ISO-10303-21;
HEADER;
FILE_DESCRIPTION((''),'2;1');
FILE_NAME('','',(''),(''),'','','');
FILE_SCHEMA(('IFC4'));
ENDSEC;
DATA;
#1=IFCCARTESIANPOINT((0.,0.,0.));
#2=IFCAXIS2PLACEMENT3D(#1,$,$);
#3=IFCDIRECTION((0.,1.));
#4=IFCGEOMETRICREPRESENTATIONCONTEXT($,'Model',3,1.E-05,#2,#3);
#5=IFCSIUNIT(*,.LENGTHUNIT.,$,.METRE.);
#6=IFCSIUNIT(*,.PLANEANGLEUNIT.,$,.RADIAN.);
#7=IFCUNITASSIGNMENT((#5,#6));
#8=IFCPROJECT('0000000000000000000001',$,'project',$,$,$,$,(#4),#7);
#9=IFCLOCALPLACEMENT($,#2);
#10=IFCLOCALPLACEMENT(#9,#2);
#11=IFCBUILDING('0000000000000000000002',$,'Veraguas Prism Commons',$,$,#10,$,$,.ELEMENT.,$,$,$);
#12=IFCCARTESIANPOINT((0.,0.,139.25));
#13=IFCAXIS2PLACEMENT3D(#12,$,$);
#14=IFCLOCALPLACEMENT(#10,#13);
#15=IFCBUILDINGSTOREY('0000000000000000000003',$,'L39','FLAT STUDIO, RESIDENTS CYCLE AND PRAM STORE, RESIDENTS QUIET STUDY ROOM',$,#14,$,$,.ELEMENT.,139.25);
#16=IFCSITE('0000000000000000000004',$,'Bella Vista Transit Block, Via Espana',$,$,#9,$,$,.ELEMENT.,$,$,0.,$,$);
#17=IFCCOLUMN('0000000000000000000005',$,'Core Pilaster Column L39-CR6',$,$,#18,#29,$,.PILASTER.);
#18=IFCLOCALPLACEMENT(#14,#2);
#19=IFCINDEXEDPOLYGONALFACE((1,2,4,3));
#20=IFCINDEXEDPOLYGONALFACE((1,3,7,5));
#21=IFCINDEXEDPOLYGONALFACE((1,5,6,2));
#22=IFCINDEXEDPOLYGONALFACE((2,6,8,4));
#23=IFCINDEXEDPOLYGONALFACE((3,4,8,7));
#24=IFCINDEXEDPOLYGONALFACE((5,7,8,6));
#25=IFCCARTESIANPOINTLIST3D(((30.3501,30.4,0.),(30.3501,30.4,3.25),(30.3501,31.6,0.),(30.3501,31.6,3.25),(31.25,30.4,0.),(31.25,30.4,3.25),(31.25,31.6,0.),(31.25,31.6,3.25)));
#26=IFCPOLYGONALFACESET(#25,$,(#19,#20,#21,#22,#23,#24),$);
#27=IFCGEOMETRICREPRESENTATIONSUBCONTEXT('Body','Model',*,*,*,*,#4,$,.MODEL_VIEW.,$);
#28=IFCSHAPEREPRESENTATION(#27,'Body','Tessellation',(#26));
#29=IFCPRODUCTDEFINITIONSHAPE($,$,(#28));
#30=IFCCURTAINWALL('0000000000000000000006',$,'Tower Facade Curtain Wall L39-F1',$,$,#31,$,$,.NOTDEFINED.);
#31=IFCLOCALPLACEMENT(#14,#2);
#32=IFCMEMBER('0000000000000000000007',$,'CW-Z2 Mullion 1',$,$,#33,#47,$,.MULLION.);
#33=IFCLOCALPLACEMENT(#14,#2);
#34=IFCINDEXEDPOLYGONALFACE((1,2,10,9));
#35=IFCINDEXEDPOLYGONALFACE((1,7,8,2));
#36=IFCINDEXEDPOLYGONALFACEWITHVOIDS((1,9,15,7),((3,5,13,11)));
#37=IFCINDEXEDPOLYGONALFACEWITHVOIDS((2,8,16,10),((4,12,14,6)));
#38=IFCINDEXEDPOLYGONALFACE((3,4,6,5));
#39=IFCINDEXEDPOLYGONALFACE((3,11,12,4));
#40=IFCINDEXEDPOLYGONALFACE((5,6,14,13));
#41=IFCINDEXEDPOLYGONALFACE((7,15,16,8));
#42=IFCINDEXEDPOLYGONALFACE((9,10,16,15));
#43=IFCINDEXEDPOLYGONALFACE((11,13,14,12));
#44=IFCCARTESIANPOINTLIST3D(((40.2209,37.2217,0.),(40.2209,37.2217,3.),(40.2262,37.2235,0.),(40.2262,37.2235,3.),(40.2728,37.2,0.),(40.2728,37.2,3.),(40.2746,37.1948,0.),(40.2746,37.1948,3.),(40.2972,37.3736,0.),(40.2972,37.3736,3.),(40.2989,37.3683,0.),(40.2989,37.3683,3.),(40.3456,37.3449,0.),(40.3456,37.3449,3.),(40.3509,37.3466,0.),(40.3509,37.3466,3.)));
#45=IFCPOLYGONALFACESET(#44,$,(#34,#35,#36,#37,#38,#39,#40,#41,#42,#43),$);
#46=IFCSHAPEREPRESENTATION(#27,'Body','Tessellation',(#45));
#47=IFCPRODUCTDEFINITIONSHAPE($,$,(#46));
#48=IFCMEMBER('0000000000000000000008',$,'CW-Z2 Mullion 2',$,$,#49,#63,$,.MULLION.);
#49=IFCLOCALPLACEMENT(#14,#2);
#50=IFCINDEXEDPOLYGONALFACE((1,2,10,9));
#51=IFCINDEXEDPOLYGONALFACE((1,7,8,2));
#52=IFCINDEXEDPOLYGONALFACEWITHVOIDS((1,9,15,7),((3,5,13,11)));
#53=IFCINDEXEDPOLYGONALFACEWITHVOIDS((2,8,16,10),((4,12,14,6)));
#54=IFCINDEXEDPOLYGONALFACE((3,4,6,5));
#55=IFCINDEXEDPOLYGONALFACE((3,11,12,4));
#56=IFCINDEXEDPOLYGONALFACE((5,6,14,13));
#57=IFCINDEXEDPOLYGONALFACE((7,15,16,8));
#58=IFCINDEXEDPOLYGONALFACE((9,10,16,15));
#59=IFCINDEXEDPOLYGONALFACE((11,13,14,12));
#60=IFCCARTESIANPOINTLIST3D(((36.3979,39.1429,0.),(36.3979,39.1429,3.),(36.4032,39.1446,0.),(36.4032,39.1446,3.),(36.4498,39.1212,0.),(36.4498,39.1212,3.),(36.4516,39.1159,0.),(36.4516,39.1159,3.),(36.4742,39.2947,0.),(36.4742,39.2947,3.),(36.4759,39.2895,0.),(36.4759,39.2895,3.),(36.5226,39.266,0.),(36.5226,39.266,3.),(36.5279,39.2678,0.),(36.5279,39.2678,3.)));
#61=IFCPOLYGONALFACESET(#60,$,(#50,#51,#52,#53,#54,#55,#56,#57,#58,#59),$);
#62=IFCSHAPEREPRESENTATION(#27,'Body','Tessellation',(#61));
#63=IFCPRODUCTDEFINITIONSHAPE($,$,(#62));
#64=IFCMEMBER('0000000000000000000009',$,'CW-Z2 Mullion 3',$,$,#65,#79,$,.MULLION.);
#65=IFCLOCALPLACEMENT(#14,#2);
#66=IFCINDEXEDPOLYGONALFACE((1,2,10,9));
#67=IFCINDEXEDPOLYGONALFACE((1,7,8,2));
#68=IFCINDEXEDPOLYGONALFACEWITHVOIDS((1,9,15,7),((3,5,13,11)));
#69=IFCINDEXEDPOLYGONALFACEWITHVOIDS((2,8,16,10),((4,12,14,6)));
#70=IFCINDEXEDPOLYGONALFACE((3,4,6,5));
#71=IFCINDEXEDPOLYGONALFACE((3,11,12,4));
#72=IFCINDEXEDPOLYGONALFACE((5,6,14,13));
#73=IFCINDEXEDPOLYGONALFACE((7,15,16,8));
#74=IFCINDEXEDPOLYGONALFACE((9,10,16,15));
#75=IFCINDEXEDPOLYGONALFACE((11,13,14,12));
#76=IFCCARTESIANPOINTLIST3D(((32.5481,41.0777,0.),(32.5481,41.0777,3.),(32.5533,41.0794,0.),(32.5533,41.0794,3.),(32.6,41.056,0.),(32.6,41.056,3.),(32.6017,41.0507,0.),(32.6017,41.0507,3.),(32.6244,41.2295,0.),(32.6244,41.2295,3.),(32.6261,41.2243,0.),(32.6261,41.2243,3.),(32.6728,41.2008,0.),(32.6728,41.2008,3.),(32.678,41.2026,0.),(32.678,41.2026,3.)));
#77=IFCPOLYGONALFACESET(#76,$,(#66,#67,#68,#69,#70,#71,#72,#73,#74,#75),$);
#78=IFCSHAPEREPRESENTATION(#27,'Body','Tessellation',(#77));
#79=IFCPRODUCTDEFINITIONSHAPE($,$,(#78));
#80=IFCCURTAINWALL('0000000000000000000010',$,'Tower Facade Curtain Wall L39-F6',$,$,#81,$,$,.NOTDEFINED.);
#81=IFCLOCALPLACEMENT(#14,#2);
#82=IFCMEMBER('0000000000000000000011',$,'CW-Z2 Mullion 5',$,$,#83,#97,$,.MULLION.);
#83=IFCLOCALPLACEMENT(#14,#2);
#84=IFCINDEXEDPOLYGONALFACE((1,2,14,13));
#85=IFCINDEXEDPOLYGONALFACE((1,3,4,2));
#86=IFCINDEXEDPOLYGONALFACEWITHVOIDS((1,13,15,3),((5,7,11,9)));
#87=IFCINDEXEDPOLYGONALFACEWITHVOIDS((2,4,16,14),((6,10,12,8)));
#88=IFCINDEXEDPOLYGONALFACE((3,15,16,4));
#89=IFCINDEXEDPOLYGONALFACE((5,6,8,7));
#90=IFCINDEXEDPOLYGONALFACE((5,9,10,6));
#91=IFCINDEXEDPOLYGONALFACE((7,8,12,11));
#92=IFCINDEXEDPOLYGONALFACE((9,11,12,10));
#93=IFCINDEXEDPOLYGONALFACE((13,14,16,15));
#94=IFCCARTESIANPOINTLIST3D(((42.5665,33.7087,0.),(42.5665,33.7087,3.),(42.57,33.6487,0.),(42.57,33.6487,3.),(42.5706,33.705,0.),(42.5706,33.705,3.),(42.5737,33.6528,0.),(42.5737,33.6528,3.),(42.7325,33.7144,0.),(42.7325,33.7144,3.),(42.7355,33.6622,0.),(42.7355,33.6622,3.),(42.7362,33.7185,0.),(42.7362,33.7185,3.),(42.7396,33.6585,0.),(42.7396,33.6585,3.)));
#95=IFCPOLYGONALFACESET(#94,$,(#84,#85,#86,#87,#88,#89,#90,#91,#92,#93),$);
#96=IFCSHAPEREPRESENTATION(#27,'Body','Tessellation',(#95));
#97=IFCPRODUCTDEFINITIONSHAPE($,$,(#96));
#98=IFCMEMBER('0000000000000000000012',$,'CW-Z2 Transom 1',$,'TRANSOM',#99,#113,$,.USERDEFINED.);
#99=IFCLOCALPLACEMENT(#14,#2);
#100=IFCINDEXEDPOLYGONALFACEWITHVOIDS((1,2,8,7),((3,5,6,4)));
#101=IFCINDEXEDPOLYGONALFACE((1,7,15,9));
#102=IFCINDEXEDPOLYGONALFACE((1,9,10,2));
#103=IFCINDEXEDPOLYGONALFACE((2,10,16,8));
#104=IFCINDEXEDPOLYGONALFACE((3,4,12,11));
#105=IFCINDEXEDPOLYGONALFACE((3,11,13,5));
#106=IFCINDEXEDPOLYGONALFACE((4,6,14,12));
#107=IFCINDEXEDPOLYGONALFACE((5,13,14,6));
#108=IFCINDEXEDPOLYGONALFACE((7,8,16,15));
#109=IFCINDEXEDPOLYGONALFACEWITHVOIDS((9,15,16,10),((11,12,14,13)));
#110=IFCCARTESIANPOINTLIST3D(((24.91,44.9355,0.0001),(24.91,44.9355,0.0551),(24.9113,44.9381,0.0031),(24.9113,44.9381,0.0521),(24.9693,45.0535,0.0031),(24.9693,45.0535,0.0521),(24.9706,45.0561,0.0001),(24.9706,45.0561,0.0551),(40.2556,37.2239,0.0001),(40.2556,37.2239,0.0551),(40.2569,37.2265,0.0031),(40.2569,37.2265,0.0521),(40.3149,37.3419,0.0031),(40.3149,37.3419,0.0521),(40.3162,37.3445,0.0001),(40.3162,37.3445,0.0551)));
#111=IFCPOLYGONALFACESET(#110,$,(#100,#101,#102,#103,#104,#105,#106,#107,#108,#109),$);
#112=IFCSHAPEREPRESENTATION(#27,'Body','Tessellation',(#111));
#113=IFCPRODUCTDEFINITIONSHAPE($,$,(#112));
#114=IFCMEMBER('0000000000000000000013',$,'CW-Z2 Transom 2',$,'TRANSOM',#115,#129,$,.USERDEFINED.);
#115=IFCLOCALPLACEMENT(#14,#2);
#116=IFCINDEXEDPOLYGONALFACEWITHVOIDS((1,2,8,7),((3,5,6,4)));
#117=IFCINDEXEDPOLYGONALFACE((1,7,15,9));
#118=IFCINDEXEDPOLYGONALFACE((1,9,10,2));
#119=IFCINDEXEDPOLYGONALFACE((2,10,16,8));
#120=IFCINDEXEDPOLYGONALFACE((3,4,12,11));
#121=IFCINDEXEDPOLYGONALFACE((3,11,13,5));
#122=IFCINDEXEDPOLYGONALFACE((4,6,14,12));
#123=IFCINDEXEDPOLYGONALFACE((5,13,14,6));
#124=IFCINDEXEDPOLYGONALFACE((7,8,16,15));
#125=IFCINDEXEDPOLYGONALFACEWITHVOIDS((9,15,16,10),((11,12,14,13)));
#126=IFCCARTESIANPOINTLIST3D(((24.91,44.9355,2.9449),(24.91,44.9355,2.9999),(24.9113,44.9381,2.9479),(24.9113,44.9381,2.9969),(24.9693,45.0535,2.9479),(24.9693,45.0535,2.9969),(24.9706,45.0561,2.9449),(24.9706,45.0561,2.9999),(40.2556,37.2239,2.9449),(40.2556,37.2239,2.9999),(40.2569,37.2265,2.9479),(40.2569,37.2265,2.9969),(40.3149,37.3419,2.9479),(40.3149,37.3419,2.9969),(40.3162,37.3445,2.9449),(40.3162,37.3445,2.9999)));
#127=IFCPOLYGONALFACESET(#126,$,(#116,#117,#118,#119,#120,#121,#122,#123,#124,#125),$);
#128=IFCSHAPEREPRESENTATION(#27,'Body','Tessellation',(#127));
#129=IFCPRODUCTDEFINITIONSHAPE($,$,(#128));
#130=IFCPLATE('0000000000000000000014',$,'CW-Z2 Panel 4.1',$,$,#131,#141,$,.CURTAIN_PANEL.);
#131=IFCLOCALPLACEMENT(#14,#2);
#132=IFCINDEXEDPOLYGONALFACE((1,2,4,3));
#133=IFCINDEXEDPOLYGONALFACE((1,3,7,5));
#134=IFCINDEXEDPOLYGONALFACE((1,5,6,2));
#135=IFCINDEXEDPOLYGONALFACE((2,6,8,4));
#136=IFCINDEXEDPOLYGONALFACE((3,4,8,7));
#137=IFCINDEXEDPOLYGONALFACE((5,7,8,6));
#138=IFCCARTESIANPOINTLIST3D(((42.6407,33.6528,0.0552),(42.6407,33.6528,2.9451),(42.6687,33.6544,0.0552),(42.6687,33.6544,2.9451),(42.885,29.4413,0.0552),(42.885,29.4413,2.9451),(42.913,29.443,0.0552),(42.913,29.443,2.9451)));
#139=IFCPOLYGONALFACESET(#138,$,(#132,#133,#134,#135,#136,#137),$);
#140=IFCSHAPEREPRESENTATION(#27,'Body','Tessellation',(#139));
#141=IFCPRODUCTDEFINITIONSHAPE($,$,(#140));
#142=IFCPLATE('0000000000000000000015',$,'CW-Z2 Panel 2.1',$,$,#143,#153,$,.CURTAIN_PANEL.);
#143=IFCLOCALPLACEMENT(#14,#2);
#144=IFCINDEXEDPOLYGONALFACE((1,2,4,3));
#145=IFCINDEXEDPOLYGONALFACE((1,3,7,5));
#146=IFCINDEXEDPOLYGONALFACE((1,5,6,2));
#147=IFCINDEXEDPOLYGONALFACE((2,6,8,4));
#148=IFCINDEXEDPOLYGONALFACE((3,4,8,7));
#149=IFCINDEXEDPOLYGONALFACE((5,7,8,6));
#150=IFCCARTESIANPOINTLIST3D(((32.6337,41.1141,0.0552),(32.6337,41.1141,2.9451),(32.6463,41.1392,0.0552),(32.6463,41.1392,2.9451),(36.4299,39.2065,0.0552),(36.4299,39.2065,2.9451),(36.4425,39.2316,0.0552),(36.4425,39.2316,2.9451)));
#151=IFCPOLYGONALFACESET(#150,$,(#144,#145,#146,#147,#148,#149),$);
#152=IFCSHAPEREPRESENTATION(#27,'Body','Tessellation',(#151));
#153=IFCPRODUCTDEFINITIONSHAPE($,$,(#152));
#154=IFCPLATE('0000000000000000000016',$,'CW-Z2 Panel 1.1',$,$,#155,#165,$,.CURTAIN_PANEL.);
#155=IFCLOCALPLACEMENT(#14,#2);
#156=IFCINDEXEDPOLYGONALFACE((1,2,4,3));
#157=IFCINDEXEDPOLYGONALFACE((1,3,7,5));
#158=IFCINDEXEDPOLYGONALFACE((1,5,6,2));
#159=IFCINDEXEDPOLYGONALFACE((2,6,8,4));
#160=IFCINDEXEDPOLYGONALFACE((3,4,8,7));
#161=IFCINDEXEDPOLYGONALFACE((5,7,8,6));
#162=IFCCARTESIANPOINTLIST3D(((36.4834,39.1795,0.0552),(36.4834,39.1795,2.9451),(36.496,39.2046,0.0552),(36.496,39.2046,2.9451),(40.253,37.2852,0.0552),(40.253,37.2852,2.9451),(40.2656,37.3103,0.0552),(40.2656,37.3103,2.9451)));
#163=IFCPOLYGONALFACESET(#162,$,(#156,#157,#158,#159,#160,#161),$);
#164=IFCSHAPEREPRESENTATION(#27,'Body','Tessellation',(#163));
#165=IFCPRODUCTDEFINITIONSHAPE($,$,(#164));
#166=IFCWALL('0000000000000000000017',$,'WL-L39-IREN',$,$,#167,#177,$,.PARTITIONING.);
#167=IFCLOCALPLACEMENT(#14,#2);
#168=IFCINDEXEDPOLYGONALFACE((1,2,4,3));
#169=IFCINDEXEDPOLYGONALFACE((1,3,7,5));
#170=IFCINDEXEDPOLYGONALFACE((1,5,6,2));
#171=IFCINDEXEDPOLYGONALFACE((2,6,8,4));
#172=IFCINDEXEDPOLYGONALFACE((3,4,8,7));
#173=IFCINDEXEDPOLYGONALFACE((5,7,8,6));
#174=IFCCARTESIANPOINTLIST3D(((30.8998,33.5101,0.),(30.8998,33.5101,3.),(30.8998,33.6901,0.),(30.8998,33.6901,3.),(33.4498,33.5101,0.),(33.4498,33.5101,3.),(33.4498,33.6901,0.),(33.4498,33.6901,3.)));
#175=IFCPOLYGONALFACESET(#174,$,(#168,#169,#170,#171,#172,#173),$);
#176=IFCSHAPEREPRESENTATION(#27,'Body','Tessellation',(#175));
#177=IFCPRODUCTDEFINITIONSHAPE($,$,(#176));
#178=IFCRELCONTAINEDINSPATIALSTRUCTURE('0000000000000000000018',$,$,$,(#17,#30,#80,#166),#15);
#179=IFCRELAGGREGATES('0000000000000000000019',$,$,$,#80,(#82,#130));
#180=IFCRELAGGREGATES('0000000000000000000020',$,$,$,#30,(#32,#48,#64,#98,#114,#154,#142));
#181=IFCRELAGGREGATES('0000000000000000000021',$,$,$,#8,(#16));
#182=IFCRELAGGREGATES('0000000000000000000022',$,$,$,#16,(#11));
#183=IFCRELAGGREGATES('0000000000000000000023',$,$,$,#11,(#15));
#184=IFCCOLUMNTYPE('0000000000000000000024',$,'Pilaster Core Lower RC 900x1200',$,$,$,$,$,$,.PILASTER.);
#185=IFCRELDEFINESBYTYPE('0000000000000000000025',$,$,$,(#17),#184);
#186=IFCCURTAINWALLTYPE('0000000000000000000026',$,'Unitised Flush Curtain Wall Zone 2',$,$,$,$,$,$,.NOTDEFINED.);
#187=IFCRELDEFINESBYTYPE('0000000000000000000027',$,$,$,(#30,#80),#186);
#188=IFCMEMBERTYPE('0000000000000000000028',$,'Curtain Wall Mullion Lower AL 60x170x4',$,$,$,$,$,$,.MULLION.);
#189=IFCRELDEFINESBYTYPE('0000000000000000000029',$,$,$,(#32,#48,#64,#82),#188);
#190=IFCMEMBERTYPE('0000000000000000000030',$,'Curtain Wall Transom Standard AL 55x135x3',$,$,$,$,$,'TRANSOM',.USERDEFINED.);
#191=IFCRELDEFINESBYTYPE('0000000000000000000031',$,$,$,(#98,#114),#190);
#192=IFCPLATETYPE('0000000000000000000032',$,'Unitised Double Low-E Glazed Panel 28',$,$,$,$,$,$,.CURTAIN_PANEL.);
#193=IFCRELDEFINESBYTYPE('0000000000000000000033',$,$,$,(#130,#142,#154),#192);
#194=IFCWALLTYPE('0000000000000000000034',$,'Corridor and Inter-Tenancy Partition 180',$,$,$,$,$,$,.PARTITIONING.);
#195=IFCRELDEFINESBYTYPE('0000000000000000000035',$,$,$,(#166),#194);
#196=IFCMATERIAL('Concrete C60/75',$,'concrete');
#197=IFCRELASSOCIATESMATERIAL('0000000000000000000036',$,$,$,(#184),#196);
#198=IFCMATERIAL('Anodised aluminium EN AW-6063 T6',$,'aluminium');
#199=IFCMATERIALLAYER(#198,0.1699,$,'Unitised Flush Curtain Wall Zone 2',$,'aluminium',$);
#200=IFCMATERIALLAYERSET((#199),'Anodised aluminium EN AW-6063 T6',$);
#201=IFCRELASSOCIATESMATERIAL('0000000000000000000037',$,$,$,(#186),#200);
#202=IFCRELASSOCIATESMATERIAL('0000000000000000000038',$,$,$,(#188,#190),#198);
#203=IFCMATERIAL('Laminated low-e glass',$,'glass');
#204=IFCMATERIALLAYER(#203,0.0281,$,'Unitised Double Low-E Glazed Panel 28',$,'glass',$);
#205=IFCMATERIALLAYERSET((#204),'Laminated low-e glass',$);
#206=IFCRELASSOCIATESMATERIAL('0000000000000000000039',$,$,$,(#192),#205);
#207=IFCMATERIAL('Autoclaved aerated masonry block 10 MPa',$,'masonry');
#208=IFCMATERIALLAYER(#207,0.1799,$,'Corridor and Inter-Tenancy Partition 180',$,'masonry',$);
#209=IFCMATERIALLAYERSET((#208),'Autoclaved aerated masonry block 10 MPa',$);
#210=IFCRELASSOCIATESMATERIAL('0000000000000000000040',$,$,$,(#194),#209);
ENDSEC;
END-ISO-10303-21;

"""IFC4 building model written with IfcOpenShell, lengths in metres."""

from ifc_helpers import new_model, si_unit, direction, frame, frame_2d, origin, origin_2d, place, context, subcontext, project, spatial, rectangle, hollow_rectangle, extrude, source, transform, mapped, material, layer, layer_set, material_profile, profile_set, type_object, element, aggregate, save


model = new_model("IFC4")

# Units and contexts
model_context = context("Model", 3, precision=1e-05, world=origin(), true_north=direction((0.0, 1.0)))
body_context = subcontext(model_context, "Body", "Model", "MODEL_VIEW")
ifc_project = project(units=[si_unit("LENGTHUNIT", "METRE"), si_unit("PLANEANGLEUNIT", "RADIAN")], contexts=[model_context])

# Site, building, storey
site_placement = place(None, origin())
site = spatial("IfcSite", under=ifc_project, at=site_placement, Name="Bella Vista Transit Block, Via Espana", CompositionType="ELEMENT", RefElevation=0.0)
building_placement = place(site_placement, origin())
building = spatial("IfcBuilding", under=site, at=building_placement, Name="Veraguas Prism Commons", CompositionType="ELEMENT")
storey_placement = place(building_placement, frame((0.0, 0.0, 139.25)))
storey = spatial("IfcBuildingStorey", under=building, at=storey_placement, Name="L39", Description="FLAT STUDIO, RESIDENTS CYCLE AND PRAM STORE, RESIDENTS QUIET STUDY ROOM", CompositionType="ELEMENT", Elevation=139.25)

# Column
ifc_material_1 = material(Name="Concrete C60/75", Category="concrete")
ifc_material_profile_1 = material_profile(ifc_material_1, rectangle(XDim=0.8999, YDim=1.2, at=origin_2d()), Name="RC900X1200")
ifc_profile_set_1 = profile_set([ifc_material_profile_1], Name="Concrete C60/75")
column_type = type_object("IfcColumnType", Name="Pilaster Core Lower RC 900x1200", PredefinedType="PILASTER", material=ifc_profile_set_1)
column_placement = place(storey_placement, frame((30.8, 31.0, 0.0), z_axis=(0.0, 0.0, 1.0), x_axis=(1.0, 0.0, 0.0)))
element("IfcColumn", 1, at=column_placement, inside=storey, type_object=column_type, Name="Core Pilaster Column L39-CR6", PredefinedType="PILASTER", context=body_context, shape_type="SweptSolid", body=[
    extrude(rectangle(XDim=0.8999, YDim=1.2, at=origin_2d()), origin(), (0.0, 0.0, 1.0), 3.25),
])

# Curtain wall, members
ifc_material_2 = material(Name="Anodised aluminium EN AW-6063 T6", Category="aluminium")
ifc_layer_1 = layer(ifc_material_2, 0.1699, Name="Unitised Flush Curtain Wall Zone 2", Category="aluminium")
ifc_layer_set_1 = layer_set([ifc_layer_1], Name="Anodised aluminium EN AW-6063 T6")
curtain_wall_type = type_object("IfcCurtainWallType", Name="Unitised Flush Curtain Wall Zone 2", PredefinedType="NOTDEFINED", material=ifc_layer_set_1)
curtain_wall_1_placement = place(storey_placement, origin())
curtain_wall_1 = element("IfcCurtainWall", 2, at=curtain_wall_1_placement, inside=storey, type_object=curtain_wall_type, Name="Tower Facade Curtain Wall L39-F1", PredefinedType="NOTDEFINED")
ifc_material_profile_2 = material_profile(ifc_material_2, hollow_rectangle(XDim=0.0601, YDim=0.1699, WallThickness=0.0039, at=origin_2d()), Name="AL60X170X4")
ifc_profile_set_2 = profile_set([ifc_material_profile_2], Name="Anodised aluminium EN AW-6063 T6")
member_type_1 = type_object("IfcMemberType", Name="Curtain Wall Mullion Lower AL 60x170x4", PredefinedType="MULLION", material=ifc_profile_set_2)
shared_shape_1 = source(origin(), body_context, "Body", "SweptSolid", [
    extrude(hollow_rectangle(XDim=0.0601, YDim=0.1699, WallThickness=0.0039, at=origin_2d()), origin(), (0.0, 0.0, 1.0), 3.0),
])
member_1_placement = place(storey_placement, frame((40.2859, 37.2842, 0.0), z_axis=(0.0, 0.0, 1.0), x_axis=(-0.893526, 0.449012, 0.0)))
member_1 = element("IfcMember", 3, at=member_1_placement, type_object=member_type_1, Name="CW-Z2 Mullion 1", PredefinedType="MULLION", context=body_context, shape_type="MappedRepresentation", body=[
    mapped(shared_shape_1, transform((0.0, 0.0, 0.0), scale=1.0)),
])
member_2_placement = place(storey_placement, frame((36.4629, 39.2053, 0.0), z_axis=(0.0, 0.0, 1.0), x_axis=(-0.893526, 0.449012, 0.0)))
member_2 = element("IfcMember", 4, at=member_2_placement, type_object=member_type_1, Name="CW-Z2 Mullion 2", PredefinedType="MULLION", context=body_context, shape_type="MappedRepresentation", body=[
    mapped(shared_shape_1, transform((0.0, 0.0, 0.0), scale=1.0)),
])
member_3_placement = place(storey_placement, frame((32.613, 41.1401, 0.0), z_axis=(0.0, 0.0, 1.0), x_axis=(-0.893526, 0.449012, 0.0)))
member_3 = element("IfcMember", 5, at=member_3_placement, type_object=member_type_1, Name="CW-Z2 Mullion 3", PredefinedType="MULLION", context=body_context, shape_type="MappedRepresentation", body=[
    mapped(shared_shape_1, transform((0.0, 0.0, 0.0), scale=1.0)),
])

# Curtain wall, member
curtain_wall_2_placement = place(storey_placement, origin())
curtain_wall_2 = element("IfcCurtainWall", 6, at=curtain_wall_2_placement, inside=storey, type_object=curtain_wall_type, Name="Tower Facade Curtain Wall L39-F6", PredefinedType="NOTDEFINED")
member_4_placement = place(storey_placement, frame((42.6531, 33.6836, 0.0), z_axis=(0.0, 0.0, 1.0), x_axis=(-0.057907, 0.998322, 0.0)))
member_4 = element("IfcMember", 7, at=member_4_placement, type_object=member_type_1, Name="CW-Z2 Mullion 5", PredefinedType="MULLION", context=body_context, shape_type="MappedRepresentation", body=[
    mapped(shared_shape_1, transform((0.0, 0.0, 0.0), scale=1.0)),
])

# Members
ifc_material_profile_3 = material_profile(ifc_material_2, hollow_rectangle(XDim=0.0549, YDim=0.135, WallThickness=0.0029, at=origin_2d()), Name="AL55X135X3")
ifc_profile_set_3 = profile_set([ifc_material_profile_3], Name="Anodised aluminium EN AW-6063 T6")
member_type_2 = type_object("IfcMemberType", Name="Curtain Wall Transom Standard AL 55x135x3", ElementType="TRANSOM", PredefinedType="USERDEFINED", material=ifc_profile_set_3)
shared_shape_2 = source(origin(), body_context, "Body", "SweptSolid", [
    extrude(hollow_rectangle(XDim=0.0549, YDim=0.135, WallThickness=0.0029, at=origin_2d()), origin(), (0.0, 0.0, 1.0), 17.1743),
])
member_5_placement = place(storey_placement, frame((40.2859, 37.2842, 0.0276), z_axis=(-0.893521, 0.449021, 0.0), x_axis=(0.0, 0.0, 1.0)))
member_5 = element("IfcMember", 8, at=member_5_placement, type_object=member_type_2, Name="CW-Z2 Transom 1", ObjectType="TRANSOM", PredefinedType="USERDEFINED", context=body_context, shape_type="MappedRepresentation", body=[
    mapped(shared_shape_2, transform((0.0, 0.0, 0.0), scale=1.0)),
])
member_6_placement = place(storey_placement, frame((40.2859, 37.2842, 2.9724), z_axis=(-0.893521, 0.449021, 0.0), x_axis=(0.0, 0.0, 1.0)))
member_6 = element("IfcMember", 9, at=member_6_placement, type_object=member_type_2, Name="CW-Z2 Transom 2", ObjectType="TRANSOM", PredefinedType="USERDEFINED", context=body_context, shape_type="MappedRepresentation", body=[
    mapped(shared_shape_2, transform((0.0, 0.0, 0.0), scale=1.0)),
])

# Plates
ifc_material_3 = material(Name="Laminated low-e glass", Category="glass")
ifc_layer_2 = layer(ifc_material_3, 0.0281, Name="Unitised Double Low-E Glazed Panel 28", Category="glass")
ifc_layer_set_2 = layer_set([ifc_layer_2], Name="Laminated low-e glass")
plate_type = type_object("IfcPlateType", Name="Unitised Double Low-E Glazed Panel 28", PredefinedType="CURTAIN_PANEL", material=ifc_layer_set_2)
shared_shape_3 = source(origin(), body_context, "Body", "SweptSolid", [
    extrude(rectangle(XDim=4.2185, YDim=0.0281, at=origin_2d()), origin(), (0.0, 0.0, 1.0), 2.8899),
])
plate_1_placement = place(storey_placement, frame((42.7769, 31.5479, 0.0552), z_axis=(0.0, 0.0, 1.0), x_axis=(-0.057907, 0.998322, 0.0)))
plate_1 = element("IfcPlate", 10, at=plate_1_placement, type_object=plate_type, Name="CW-Z2 Panel 4.1", PredefinedType="CURTAIN_PANEL", context=body_context, shape_type="MappedRepresentation", body=[
    mapped(shared_shape_3, transform((0.0, 0.0, 0.0), scale=1.0)),
])
aggregate(curtain_wall_2, [member_4, plate_1])
shared_shape_4 = source(origin(), body_context, "Body", "SweptSolid", [
    extrude(rectangle(XDim=4.2485, YDim=0.0281, at=origin_2d()), origin(), (0.0, 0.0, 1.0), 2.8899),
])
plate_2_placement = place(storey_placement, frame((34.5381, 40.1729, 0.0552), z_axis=(0.0, 0.0, 1.0), x_axis=(-0.893526, 0.449012, 0.0)))
plate_2 = element("IfcPlate", 11, at=plate_2_placement, type_object=plate_type, Name="CW-Z2 Panel 2.1", PredefinedType="CURTAIN_PANEL", context=body_context, shape_type="MappedRepresentation", body=[
    mapped(shared_shape_4, transform((0.0, 0.0, 0.0), scale=1.0)),
])
shared_shape_5 = source(origin(), body_context, "Body", "SweptSolid", [
    extrude(rectangle(XDim=4.2188, YDim=0.0281, at=origin_2d()), origin(), (0.0, 0.0, 1.0), 2.8899),
])
plate_3_placement = place(storey_placement, frame((38.3745, 38.2449, 0.0552), z_axis=(0.0, 0.0, 1.0), x_axis=(-0.893526, 0.449012, 0.0)))
plate_3 = element("IfcPlate", 12, at=plate_3_placement, type_object=plate_type, Name="CW-Z2 Panel 1.1", PredefinedType="CURTAIN_PANEL", context=body_context, shape_type="MappedRepresentation", body=[
    mapped(shared_shape_5, transform((0.0, 0.0, 0.0), scale=1.0)),
])
aggregate(curtain_wall_1, [member_1, member_2, member_3, member_5, member_6, plate_3, plate_2])

# Wall
ifc_material_4 = material(Name="Autoclaved aerated masonry block 10 MPa", Category="masonry")
ifc_layer_3 = layer(ifc_material_4, 0.1799, Name="Corridor and Inter-Tenancy Partition 180", Category="masonry")
ifc_layer_set_3 = layer_set([ifc_layer_3], Name="Autoclaved aerated masonry block 10 MPa")
wall_type_1 = type_object("IfcWallType", Name="Corridor and Inter-Tenancy Partition 180", PredefinedType="PARTITIONING", material=ifc_layer_set_3)
wall_1_placement = place(storey_placement, frame((30.8999, 33.6001, 0.0), z_axis=(0.0, 0.0, 1.0), x_axis=(1.0, 0.0, 0.0)))
element("IfcWall", 13, at=wall_1_placement, inside=storey, type_object=wall_type_1, Name="WL-L39-IREN", PredefinedType="PARTITIONING", context=body_context, shape_type="SweptSolid", body=[
    extrude(rectangle(XDim=2.55, YDim=0.1799, at=frame_2d((1.2749, 0.0))), origin(), (0.0, 0.0, 1.0), 3.0),
])

save(model, "model.ifc")
